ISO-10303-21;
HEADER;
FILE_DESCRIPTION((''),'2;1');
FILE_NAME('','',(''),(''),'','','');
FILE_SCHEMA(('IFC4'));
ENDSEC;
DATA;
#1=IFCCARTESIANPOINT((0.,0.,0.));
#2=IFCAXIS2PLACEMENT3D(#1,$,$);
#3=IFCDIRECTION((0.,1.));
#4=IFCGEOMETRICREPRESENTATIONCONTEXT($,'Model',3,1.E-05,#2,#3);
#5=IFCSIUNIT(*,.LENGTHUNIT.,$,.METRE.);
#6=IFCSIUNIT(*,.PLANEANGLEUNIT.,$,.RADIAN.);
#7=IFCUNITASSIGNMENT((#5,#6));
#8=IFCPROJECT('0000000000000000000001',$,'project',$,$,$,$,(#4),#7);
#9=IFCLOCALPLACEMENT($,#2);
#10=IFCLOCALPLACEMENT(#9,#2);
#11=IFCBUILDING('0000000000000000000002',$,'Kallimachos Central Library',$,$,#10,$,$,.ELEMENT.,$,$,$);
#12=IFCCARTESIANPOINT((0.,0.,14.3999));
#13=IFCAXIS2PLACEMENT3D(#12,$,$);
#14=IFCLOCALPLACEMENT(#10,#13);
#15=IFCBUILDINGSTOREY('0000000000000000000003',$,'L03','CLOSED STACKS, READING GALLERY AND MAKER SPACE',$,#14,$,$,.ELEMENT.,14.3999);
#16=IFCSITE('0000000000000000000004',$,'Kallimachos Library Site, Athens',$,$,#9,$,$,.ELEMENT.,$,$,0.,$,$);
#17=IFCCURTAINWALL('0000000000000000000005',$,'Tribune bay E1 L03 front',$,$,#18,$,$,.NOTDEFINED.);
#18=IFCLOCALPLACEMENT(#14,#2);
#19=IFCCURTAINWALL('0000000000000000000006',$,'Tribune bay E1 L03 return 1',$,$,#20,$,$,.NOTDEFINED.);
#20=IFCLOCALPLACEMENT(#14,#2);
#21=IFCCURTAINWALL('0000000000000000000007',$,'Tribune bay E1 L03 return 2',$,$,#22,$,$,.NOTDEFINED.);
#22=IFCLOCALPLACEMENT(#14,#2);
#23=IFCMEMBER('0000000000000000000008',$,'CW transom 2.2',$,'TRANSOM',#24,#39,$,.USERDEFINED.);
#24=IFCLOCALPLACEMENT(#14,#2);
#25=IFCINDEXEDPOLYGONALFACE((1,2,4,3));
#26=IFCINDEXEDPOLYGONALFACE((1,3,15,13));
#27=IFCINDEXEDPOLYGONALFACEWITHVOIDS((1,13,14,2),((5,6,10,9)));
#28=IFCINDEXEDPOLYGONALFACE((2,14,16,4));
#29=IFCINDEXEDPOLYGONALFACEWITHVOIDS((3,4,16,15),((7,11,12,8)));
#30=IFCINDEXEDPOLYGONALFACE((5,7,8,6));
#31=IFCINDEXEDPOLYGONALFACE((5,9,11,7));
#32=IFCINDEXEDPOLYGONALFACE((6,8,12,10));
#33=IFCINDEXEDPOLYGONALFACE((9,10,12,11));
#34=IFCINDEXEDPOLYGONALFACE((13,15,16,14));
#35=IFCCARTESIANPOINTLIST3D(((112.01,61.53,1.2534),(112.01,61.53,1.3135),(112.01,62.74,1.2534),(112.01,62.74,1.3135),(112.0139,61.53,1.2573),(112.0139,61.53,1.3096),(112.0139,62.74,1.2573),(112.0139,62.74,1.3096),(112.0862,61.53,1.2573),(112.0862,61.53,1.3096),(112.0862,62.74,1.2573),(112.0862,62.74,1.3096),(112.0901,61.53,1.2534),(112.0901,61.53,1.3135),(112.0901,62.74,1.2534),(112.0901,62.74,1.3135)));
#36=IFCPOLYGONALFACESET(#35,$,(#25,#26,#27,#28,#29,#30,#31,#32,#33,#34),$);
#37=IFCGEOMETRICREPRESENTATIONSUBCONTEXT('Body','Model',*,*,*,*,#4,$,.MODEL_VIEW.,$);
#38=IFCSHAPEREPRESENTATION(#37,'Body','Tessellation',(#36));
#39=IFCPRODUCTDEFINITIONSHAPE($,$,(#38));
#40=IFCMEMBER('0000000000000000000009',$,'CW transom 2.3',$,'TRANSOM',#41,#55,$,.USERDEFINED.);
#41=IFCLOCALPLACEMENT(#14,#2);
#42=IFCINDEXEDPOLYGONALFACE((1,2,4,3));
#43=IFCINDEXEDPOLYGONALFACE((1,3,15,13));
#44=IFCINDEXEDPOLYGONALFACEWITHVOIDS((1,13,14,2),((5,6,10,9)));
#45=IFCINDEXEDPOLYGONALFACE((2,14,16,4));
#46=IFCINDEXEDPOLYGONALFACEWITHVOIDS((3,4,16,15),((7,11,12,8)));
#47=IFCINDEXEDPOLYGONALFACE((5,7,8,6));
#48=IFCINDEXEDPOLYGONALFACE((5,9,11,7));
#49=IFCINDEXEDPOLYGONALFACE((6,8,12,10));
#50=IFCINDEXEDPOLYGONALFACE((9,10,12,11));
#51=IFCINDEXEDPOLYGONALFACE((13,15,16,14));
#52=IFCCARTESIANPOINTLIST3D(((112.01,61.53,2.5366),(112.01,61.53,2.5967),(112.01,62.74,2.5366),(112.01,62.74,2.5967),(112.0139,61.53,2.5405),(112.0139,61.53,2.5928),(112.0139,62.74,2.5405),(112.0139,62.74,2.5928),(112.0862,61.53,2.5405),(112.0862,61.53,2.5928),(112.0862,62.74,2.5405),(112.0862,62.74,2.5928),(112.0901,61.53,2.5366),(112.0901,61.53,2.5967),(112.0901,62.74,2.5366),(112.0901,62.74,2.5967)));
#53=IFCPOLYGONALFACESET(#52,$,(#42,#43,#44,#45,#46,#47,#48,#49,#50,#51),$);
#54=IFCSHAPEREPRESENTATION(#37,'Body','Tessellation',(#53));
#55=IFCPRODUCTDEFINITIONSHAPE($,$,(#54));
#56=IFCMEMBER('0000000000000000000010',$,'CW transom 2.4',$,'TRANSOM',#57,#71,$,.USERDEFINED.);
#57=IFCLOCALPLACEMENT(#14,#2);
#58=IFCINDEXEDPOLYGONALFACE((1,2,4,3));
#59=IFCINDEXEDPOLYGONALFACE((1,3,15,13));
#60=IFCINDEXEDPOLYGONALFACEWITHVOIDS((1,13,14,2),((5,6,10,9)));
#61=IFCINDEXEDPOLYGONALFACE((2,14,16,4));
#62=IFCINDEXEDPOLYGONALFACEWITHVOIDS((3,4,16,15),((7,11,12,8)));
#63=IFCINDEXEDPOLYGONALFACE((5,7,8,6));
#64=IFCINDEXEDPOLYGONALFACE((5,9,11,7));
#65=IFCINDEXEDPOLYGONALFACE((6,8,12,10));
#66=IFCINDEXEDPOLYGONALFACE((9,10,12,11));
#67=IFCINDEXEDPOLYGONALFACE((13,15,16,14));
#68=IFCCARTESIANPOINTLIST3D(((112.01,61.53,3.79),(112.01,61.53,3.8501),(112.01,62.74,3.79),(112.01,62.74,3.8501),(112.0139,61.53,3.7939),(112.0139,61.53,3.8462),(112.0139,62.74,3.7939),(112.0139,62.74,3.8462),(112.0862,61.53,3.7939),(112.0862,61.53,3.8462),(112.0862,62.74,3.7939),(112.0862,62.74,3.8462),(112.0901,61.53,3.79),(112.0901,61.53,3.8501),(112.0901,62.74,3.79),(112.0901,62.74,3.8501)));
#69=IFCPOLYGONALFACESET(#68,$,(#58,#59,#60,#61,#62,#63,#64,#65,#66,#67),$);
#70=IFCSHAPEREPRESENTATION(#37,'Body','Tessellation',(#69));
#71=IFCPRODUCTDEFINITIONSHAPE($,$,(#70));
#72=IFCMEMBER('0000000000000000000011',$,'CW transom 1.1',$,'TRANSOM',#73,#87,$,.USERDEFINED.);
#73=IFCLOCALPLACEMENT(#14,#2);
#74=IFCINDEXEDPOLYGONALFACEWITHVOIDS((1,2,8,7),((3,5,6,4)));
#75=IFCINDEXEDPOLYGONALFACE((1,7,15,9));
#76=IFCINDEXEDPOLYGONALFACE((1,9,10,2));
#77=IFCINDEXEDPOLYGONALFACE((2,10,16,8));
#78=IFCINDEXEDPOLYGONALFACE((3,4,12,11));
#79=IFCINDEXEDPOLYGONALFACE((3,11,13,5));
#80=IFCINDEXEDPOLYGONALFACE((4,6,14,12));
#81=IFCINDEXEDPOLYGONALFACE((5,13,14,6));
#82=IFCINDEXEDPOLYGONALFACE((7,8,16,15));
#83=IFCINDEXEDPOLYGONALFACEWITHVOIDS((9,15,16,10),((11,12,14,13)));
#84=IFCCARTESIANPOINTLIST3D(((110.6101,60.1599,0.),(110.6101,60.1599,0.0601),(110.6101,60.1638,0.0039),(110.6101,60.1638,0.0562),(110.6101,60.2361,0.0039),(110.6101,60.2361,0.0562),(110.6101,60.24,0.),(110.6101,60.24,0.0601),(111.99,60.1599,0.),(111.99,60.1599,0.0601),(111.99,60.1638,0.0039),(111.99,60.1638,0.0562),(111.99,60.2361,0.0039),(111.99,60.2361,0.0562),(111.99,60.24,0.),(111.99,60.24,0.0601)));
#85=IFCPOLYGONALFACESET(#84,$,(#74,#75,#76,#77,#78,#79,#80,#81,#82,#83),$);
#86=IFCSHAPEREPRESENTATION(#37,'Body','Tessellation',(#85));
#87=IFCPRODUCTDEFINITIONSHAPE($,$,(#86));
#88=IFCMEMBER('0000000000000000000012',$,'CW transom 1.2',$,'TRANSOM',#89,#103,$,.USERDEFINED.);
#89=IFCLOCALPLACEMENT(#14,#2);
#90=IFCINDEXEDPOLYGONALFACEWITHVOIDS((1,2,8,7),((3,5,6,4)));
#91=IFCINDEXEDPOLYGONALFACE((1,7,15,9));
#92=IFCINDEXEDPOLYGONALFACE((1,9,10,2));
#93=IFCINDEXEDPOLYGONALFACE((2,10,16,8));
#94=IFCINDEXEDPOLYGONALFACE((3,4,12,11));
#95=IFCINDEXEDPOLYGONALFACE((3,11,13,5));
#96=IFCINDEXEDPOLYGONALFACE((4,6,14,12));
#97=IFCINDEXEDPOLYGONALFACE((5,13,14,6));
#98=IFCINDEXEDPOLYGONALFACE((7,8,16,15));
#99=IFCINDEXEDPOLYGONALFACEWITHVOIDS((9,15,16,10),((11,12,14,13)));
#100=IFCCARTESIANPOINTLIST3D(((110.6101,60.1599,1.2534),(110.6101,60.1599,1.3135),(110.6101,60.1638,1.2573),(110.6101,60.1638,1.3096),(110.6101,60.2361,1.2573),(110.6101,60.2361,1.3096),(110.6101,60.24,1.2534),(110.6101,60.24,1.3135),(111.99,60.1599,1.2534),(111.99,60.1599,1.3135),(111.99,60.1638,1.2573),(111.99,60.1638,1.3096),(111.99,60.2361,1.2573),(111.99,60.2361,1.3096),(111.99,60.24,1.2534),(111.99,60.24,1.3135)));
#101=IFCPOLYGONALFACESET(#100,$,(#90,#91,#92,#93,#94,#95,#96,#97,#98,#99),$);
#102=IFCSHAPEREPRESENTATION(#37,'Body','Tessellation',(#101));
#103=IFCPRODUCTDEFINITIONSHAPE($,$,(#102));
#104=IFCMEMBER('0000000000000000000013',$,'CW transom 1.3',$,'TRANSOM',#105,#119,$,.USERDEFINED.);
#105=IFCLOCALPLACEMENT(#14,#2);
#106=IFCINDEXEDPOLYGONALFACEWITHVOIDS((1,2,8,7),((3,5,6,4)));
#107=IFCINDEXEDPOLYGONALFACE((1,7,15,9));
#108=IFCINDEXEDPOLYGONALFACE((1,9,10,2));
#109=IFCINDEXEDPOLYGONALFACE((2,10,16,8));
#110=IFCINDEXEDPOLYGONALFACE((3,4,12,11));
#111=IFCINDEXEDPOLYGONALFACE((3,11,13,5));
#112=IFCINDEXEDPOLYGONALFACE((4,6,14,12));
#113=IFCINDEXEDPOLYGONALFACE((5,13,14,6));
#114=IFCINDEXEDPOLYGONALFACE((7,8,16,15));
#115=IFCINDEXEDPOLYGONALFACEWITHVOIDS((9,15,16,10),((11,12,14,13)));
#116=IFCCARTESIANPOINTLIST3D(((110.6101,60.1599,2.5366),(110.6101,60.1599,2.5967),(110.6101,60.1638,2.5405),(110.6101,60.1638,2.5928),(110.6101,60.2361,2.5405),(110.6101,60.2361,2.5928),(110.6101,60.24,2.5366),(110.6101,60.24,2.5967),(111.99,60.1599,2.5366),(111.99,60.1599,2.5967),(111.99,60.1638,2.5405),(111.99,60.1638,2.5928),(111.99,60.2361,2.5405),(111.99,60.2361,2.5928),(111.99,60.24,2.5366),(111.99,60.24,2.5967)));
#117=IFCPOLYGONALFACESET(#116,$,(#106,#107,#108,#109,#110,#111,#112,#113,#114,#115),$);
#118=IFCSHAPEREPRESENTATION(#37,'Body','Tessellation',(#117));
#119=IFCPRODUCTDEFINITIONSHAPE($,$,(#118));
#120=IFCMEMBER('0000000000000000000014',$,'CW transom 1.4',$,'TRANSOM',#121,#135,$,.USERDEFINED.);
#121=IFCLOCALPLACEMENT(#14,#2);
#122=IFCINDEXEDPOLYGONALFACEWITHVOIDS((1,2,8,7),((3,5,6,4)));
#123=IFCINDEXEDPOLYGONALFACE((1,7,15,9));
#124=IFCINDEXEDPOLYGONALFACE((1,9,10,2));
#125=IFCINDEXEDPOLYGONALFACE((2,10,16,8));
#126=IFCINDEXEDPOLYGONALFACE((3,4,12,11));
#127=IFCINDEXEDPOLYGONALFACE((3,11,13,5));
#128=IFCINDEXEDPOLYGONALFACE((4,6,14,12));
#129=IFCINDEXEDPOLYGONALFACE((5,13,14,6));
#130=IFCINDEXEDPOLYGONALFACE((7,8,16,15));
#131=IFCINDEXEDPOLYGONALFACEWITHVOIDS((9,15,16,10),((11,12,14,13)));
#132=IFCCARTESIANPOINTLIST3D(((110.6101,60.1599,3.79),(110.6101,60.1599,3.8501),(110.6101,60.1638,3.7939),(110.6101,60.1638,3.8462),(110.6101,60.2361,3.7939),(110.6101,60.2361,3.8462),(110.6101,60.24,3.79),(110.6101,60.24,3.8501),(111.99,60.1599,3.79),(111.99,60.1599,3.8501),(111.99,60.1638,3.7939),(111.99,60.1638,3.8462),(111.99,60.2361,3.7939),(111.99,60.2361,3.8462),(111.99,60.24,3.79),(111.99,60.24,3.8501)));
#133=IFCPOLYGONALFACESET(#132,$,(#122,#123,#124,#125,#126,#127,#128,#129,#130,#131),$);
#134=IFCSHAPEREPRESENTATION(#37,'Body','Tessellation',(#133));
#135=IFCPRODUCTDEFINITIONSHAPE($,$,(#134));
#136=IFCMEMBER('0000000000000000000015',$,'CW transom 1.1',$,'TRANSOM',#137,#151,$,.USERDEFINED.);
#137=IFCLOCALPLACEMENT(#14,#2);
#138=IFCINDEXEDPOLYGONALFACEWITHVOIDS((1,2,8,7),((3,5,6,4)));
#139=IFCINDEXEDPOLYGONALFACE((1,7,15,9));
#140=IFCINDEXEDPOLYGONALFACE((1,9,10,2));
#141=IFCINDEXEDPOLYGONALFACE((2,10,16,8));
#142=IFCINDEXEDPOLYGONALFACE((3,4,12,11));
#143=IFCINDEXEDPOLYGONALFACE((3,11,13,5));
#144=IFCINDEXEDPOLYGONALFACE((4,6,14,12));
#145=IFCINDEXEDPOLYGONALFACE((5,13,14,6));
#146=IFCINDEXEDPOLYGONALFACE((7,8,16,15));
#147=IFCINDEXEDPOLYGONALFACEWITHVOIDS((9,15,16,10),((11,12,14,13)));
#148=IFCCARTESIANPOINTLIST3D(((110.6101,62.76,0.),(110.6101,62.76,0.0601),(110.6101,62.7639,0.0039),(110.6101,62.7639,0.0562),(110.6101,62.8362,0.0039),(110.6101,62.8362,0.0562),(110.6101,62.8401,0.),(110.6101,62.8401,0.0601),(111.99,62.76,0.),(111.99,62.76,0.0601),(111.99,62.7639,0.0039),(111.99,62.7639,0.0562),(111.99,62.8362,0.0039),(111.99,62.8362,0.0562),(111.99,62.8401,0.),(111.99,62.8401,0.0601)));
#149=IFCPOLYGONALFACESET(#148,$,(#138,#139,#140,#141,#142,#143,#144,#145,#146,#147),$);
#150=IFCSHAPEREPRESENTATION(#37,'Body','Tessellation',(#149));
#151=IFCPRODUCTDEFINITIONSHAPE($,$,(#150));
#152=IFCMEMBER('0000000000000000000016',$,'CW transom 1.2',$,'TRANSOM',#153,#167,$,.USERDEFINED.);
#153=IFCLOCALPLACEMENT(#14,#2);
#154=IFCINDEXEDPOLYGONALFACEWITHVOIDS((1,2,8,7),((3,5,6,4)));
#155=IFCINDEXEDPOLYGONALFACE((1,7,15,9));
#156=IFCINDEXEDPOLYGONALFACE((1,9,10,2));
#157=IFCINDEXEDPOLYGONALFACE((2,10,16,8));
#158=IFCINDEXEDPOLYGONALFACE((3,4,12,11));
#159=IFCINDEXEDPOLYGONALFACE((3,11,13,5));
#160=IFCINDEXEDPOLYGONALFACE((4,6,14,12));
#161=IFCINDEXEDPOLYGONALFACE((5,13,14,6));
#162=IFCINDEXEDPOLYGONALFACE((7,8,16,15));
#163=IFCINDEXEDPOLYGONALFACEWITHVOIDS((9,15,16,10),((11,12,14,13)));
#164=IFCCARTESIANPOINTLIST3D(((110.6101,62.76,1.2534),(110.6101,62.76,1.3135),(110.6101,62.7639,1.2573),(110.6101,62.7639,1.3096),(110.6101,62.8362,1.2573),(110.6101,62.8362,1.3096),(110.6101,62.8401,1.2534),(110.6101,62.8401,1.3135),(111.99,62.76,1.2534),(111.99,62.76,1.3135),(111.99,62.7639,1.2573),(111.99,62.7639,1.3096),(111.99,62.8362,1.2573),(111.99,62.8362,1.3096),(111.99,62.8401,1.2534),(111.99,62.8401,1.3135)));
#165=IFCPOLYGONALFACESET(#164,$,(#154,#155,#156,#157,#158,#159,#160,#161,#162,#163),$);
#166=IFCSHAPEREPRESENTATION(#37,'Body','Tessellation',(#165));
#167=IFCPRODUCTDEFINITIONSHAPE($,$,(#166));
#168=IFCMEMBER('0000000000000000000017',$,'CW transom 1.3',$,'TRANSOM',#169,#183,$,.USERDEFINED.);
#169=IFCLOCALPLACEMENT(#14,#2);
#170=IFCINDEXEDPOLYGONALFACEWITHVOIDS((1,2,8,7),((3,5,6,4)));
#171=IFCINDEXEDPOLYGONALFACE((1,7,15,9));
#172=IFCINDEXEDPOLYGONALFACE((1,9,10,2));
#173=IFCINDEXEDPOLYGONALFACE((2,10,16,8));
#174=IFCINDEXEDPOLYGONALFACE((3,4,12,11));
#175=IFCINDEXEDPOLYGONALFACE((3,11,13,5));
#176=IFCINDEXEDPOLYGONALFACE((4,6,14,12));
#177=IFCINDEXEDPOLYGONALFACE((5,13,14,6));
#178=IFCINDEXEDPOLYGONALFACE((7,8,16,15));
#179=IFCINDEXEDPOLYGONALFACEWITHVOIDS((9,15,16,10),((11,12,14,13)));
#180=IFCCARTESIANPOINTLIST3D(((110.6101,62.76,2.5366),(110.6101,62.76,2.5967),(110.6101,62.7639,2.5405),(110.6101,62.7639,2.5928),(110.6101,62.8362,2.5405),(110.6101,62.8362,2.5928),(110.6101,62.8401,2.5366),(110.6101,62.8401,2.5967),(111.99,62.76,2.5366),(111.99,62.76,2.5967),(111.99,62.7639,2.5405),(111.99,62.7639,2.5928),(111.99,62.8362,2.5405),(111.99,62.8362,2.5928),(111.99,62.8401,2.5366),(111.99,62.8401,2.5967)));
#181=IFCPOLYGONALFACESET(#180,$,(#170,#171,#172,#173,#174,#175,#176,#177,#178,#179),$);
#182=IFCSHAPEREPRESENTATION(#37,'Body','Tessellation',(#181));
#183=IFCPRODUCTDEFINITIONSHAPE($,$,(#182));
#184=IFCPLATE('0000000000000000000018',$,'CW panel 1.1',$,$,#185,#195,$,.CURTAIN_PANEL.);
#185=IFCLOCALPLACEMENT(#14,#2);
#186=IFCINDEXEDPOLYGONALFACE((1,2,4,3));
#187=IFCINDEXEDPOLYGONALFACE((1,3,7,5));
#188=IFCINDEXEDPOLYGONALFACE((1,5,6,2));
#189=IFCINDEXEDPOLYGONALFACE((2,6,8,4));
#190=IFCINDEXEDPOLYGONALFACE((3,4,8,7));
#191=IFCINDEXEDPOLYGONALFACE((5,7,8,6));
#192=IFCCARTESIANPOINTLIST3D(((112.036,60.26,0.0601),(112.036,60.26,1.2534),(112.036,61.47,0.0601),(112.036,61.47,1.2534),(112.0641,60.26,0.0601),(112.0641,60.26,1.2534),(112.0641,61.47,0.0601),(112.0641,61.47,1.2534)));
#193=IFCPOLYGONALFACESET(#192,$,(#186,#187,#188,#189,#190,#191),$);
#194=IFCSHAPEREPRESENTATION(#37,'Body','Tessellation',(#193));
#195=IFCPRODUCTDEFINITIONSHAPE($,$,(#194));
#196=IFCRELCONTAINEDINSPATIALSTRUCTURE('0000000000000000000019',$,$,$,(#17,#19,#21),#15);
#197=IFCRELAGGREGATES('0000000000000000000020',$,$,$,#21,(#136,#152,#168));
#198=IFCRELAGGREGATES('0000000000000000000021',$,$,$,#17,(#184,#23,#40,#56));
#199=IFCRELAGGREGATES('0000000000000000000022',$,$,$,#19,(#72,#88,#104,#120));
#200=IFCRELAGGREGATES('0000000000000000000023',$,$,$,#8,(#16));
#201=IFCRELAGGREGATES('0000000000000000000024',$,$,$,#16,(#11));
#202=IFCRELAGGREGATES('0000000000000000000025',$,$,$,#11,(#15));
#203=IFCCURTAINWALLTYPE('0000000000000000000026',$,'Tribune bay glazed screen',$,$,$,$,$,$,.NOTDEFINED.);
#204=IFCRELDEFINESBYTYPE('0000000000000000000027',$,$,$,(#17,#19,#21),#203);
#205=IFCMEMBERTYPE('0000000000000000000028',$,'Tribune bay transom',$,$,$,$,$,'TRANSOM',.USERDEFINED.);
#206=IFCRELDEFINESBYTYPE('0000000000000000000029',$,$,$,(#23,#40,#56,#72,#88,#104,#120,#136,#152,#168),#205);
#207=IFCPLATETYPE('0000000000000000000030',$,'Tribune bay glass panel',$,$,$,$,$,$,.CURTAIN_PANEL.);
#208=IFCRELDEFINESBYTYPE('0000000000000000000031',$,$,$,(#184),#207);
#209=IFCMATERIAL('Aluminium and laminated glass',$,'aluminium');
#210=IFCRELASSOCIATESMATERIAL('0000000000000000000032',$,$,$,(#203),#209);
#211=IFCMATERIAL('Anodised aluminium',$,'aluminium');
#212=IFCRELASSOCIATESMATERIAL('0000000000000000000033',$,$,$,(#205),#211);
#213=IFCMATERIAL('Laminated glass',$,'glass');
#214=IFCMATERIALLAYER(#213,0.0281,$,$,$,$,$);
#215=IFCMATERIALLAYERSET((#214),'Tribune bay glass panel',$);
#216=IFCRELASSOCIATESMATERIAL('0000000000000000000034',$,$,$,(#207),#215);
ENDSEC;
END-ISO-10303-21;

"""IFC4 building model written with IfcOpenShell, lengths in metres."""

from ifc_helpers import new_model, si_unit, direction, frame, origin, origin_2d, place, context, subcontext, project, spatial, rectangle, hollow_rectangle, extrude, material, layer, layer_set, material_profile, profile_set, type_object, element, aggregate, save


model = new_model("IFC4")

# Units and contexts
model_context = context("Model", 3, precision=1e-05, world=origin(), true_north=direction((0.0, 1.0)))
body_context = subcontext(model_context, "Body", "Model", "MODEL_VIEW")
ifc_project = project(units=[si_unit("LENGTHUNIT", "METRE"), si_unit("PLANEANGLEUNIT", "RADIAN")], contexts=[model_context])

# Site, building, storey
site_placement = place(None, origin())
site = spatial("IfcSite", under=ifc_project, at=site_placement, Name="Kallimachos Library Site, Athens", CompositionType="ELEMENT", RefElevation=0.0)
building_placement = place(site_placement, origin())
building = spatial("IfcBuilding", under=site, at=building_placement, Name="Kallimachos Central Library", CompositionType="ELEMENT")
storey_placement = place(building_placement, frame((0.0, 0.0, 14.3999)))
storey = spatial("IfcBuildingStorey", under=building, at=storey_placement, Name="L03", Description="CLOSED STACKS, READING GALLERY AND MAKER SPACE", CompositionType="ELEMENT", Elevation=14.3999)

# Curtain walls
ifc_material_1 = material(Name="Aluminium and laminated glass", Category="aluminium")
curtain_wall_type = type_object("IfcCurtainWallType", Name="Tribune bay glazed screen", PredefinedType="NOTDEFINED", material=ifc_material_1)
curtain_wall_1_placement = place(storey_placement, origin())
curtain_wall_1 = element("IfcCurtainWall", 1, at=curtain_wall_1_placement, inside=storey, type_object=curtain_wall_type, Name="Tribune bay E1 L03 front", PredefinedType="NOTDEFINED")
curtain_wall_2_placement = place(storey_placement, origin())
curtain_wall_2 = element("IfcCurtainWall", 2, at=curtain_wall_2_placement, inside=storey, type_object=curtain_wall_type, Name="Tribune bay E1 L03 return 1", PredefinedType="NOTDEFINED")

# Curtain wall
curtain_wall_3_placement = place(storey_placement, origin())
curtain_wall_3 = element("IfcCurtainWall", 3, at=curtain_wall_3_placement, inside=storey, type_object=curtain_wall_type, Name="Tribune bay E1 L03 return 2", PredefinedType="NOTDEFINED")

# Members
ifc_material_2 = material(Name="Anodised aluminium", Category="aluminium")
ifc_material_profile_1 = material_profile(ifc_material_2, hollow_rectangle(XDim=0.0601, YDim=0.0801, WallThickness=0.0039, at=origin_2d()), Name="ALU TRANSOM 60x80")
ifc_profile_set_1 = profile_set([ifc_material_profile_1], Name="Anodised aluminium")
member_type_1 = type_object("IfcMemberType", Name="Tribune bay transom", ElementType="TRANSOM", PredefinedType="USERDEFINED", material=ifc_profile_set_1)
member_1_placement = place(storey_placement, frame((112.05, 61.53, 1.2834), z_axis=(0.0, 1.0, 0.0), x_axis=(0.0, 0.0, 1.0)))
member_1 = element("IfcMember", 4, at=member_1_placement, type_object=member_type_1, Name="CW transom 2.2", ObjectType="TRANSOM", PredefinedType="USERDEFINED", context=body_context, shape_type="SweptSolid", body=[
    extrude(hollow_rectangle(XDim=0.0601, YDim=0.0801, WallThickness=0.0039, at=origin_2d()), origin(), (0.0, 0.0, 1.0), 1.21),
])
member_2_placement = place(storey_placement, frame((112.05, 61.53, 2.5667), z_axis=(0.0, 1.0, 0.0), x_axis=(0.0, 0.0, 1.0)))
member_2 = element("IfcMember", 5, at=member_2_placement, type_object=member_type_1, Name="CW transom 2.3", ObjectType="TRANSOM", PredefinedType="USERDEFINED", context=body_context, shape_type="SweptSolid", body=[
    extrude(hollow_rectangle(XDim=0.0601, YDim=0.0801, WallThickness=0.0039, at=origin_2d()), origin(), (0.0, 0.0, 1.0), 1.21),
])
member_3_placement = place(storey_placement, frame((112.05, 61.53, 3.8201), z_axis=(0.0, 1.0, 0.0), x_axis=(0.0, 0.0, 1.0)))
member_3 = element("IfcMember", 6, at=member_3_placement, type_object=member_type_1, Name="CW transom 2.4", ObjectType="TRANSOM", PredefinedType="USERDEFINED", context=body_context, shape_type="SweptSolid", body=[
    extrude(hollow_rectangle(XDim=0.0601, YDim=0.0801, WallThickness=0.0039, at=origin_2d()), origin(), (0.0, 0.0, 1.0), 1.21),
])
member_4_placement = place(storey_placement, frame((110.6101, 60.2, 0.03), z_axis=(1.0, 0.0, 0.0), x_axis=(0.0, 0.0, 1.0)))
member_4 = element("IfcMember", 7, at=member_4_placement, type_object=member_type_1, Name="CW transom 1.1", ObjectType="TRANSOM", PredefinedType="USERDEFINED", context=body_context, shape_type="SweptSolid", body=[
    extrude(hollow_rectangle(XDim=0.0601, YDim=0.0801, WallThickness=0.0039, at=origin_2d()), origin(), (0.0, 0.0, 1.0), 1.3799),
])
member_5_placement = place(storey_placement, frame((110.6101, 60.2, 1.2834), z_axis=(1.0, 0.0, 0.0), x_axis=(0.0, 0.0, 1.0)))
member_5 = element("IfcMember", 8, at=member_5_placement, type_object=member_type_1, Name="CW transom 1.2", ObjectType="TRANSOM", PredefinedType="USERDEFINED", context=body_context, shape_type="SweptSolid", body=[
    extrude(hollow_rectangle(XDim=0.0601, YDim=0.0801, WallThickness=0.0039, at=origin_2d()), origin(), (0.0, 0.0, 1.0), 1.3799),
])
member_6_placement = place(storey_placement, frame((110.6101, 60.2, 2.5667), z_axis=(1.0, 0.0, 0.0), x_axis=(0.0, 0.0, 1.0)))
member_6 = element("IfcMember", 9, at=member_6_placement, type_object=member_type_1, Name="CW transom 1.3", ObjectType="TRANSOM", PredefinedType="USERDEFINED", context=body_context, shape_type="SweptSolid", body=[
    extrude(hollow_rectangle(XDim=0.0601, YDim=0.0801, WallThickness=0.0039, at=origin_2d()), origin(), (0.0, 0.0, 1.0), 1.3799),
])
member_7_placement = place(storey_placement, frame((110.6101, 60.2, 3.8201), z_axis=(1.0, 0.0, 0.0), x_axis=(0.0, 0.0, 1.0)))
member_7 = element("IfcMember", 10, at=member_7_placement, type_object=member_type_1, Name="CW transom 1.4", ObjectType="TRANSOM", PredefinedType="USERDEFINED", context=body_context, shape_type="SweptSolid", body=[
    extrude(hollow_rectangle(XDim=0.0601, YDim=0.0801, WallThickness=0.0039, at=origin_2d()), origin(), (0.0, 0.0, 1.0), 1.3799),
])
member_8_placement = place(storey_placement, frame((110.6101, 62.8, 0.03), z_axis=(1.0, 0.0, 0.0), x_axis=(0.0, 0.0, 1.0)))
member_8 = element("IfcMember", 11, at=member_8_placement, type_object=member_type_1, Name="CW transom 1.1", ObjectType="TRANSOM", PredefinedType="USERDEFINED", context=body_context, shape_type="SweptSolid", body=[
    extrude(hollow_rectangle(XDim=0.0601, YDim=0.0801, WallThickness=0.0039, at=origin_2d()), origin(), (0.0, 0.0, 1.0), 1.3799),
])
member_9_placement = place(storey_placement, frame((110.6101, 62.8, 1.2834), z_axis=(1.0, 0.0, 0.0), x_axis=(0.0, 0.0, 1.0)))
member_9 = element("IfcMember", 12, at=member_9_placement, type_object=member_type_1, Name="CW transom 1.2", ObjectType="TRANSOM", PredefinedType="USERDEFINED", context=body_context, shape_type="SweptSolid", body=[
    extrude(hollow_rectangle(XDim=0.0601, YDim=0.0801, WallThickness=0.0039, at=origin_2d()), origin(), (0.0, 0.0, 1.0), 1.3799),
])
member_10_placement = place(storey_placement, frame((110.6101, 62.8, 2.5667), z_axis=(1.0, 0.0, 0.0), x_axis=(0.0, 0.0, 1.0)))
member_10 = element("IfcMember", 13, at=member_10_placement, type_object=member_type_1, Name="CW transom 1.3", ObjectType="TRANSOM", PredefinedType="USERDEFINED", context=body_context, shape_type="SweptSolid", body=[
    extrude(hollow_rectangle(XDim=0.0601, YDim=0.0801, WallThickness=0.0039, at=origin_2d()), origin(), (0.0, 0.0, 1.0), 1.3799),
])
aggregate(curtain_wall_3, [member_8, member_9, member_10])

# Plate
ifc_material_3 = material(Name="Laminated glass", Category="glass")
ifc_layer_1 = layer(ifc_material_3, 0.0281)
ifc_layer_set_1 = layer_set([ifc_layer_1], Name="Tribune bay glass panel")
plate_type = type_object("IfcPlateType", Name="Tribune bay glass panel", PredefinedType="CURTAIN_PANEL", material=ifc_layer_set_1)
plate_1_placement = place(storey_placement, frame((112.05, 60.865, 0.0601), z_axis=(0.0, 0.0, 1.0), x_axis=(0.0, 1.0, 0.0)))
plate_1 = element("IfcPlate", 14, at=plate_1_placement, type_object=plate_type, Name="CW panel 1.1", PredefinedType="CURTAIN_PANEL", context=body_context, shape_type="SweptSolid", body=[
    extrude(rectangle(XDim=1.21, YDim=0.0281, at=origin_2d()), origin(), (0.0, 0.0, 1.0), 1.1934),
])
aggregate(curtain_wall_1, [plate_1, member_1, member_2, member_3])
aggregate(curtain_wall_2, [member_4, member_5, member_6, member_7])

save(model, "model.ifc")
